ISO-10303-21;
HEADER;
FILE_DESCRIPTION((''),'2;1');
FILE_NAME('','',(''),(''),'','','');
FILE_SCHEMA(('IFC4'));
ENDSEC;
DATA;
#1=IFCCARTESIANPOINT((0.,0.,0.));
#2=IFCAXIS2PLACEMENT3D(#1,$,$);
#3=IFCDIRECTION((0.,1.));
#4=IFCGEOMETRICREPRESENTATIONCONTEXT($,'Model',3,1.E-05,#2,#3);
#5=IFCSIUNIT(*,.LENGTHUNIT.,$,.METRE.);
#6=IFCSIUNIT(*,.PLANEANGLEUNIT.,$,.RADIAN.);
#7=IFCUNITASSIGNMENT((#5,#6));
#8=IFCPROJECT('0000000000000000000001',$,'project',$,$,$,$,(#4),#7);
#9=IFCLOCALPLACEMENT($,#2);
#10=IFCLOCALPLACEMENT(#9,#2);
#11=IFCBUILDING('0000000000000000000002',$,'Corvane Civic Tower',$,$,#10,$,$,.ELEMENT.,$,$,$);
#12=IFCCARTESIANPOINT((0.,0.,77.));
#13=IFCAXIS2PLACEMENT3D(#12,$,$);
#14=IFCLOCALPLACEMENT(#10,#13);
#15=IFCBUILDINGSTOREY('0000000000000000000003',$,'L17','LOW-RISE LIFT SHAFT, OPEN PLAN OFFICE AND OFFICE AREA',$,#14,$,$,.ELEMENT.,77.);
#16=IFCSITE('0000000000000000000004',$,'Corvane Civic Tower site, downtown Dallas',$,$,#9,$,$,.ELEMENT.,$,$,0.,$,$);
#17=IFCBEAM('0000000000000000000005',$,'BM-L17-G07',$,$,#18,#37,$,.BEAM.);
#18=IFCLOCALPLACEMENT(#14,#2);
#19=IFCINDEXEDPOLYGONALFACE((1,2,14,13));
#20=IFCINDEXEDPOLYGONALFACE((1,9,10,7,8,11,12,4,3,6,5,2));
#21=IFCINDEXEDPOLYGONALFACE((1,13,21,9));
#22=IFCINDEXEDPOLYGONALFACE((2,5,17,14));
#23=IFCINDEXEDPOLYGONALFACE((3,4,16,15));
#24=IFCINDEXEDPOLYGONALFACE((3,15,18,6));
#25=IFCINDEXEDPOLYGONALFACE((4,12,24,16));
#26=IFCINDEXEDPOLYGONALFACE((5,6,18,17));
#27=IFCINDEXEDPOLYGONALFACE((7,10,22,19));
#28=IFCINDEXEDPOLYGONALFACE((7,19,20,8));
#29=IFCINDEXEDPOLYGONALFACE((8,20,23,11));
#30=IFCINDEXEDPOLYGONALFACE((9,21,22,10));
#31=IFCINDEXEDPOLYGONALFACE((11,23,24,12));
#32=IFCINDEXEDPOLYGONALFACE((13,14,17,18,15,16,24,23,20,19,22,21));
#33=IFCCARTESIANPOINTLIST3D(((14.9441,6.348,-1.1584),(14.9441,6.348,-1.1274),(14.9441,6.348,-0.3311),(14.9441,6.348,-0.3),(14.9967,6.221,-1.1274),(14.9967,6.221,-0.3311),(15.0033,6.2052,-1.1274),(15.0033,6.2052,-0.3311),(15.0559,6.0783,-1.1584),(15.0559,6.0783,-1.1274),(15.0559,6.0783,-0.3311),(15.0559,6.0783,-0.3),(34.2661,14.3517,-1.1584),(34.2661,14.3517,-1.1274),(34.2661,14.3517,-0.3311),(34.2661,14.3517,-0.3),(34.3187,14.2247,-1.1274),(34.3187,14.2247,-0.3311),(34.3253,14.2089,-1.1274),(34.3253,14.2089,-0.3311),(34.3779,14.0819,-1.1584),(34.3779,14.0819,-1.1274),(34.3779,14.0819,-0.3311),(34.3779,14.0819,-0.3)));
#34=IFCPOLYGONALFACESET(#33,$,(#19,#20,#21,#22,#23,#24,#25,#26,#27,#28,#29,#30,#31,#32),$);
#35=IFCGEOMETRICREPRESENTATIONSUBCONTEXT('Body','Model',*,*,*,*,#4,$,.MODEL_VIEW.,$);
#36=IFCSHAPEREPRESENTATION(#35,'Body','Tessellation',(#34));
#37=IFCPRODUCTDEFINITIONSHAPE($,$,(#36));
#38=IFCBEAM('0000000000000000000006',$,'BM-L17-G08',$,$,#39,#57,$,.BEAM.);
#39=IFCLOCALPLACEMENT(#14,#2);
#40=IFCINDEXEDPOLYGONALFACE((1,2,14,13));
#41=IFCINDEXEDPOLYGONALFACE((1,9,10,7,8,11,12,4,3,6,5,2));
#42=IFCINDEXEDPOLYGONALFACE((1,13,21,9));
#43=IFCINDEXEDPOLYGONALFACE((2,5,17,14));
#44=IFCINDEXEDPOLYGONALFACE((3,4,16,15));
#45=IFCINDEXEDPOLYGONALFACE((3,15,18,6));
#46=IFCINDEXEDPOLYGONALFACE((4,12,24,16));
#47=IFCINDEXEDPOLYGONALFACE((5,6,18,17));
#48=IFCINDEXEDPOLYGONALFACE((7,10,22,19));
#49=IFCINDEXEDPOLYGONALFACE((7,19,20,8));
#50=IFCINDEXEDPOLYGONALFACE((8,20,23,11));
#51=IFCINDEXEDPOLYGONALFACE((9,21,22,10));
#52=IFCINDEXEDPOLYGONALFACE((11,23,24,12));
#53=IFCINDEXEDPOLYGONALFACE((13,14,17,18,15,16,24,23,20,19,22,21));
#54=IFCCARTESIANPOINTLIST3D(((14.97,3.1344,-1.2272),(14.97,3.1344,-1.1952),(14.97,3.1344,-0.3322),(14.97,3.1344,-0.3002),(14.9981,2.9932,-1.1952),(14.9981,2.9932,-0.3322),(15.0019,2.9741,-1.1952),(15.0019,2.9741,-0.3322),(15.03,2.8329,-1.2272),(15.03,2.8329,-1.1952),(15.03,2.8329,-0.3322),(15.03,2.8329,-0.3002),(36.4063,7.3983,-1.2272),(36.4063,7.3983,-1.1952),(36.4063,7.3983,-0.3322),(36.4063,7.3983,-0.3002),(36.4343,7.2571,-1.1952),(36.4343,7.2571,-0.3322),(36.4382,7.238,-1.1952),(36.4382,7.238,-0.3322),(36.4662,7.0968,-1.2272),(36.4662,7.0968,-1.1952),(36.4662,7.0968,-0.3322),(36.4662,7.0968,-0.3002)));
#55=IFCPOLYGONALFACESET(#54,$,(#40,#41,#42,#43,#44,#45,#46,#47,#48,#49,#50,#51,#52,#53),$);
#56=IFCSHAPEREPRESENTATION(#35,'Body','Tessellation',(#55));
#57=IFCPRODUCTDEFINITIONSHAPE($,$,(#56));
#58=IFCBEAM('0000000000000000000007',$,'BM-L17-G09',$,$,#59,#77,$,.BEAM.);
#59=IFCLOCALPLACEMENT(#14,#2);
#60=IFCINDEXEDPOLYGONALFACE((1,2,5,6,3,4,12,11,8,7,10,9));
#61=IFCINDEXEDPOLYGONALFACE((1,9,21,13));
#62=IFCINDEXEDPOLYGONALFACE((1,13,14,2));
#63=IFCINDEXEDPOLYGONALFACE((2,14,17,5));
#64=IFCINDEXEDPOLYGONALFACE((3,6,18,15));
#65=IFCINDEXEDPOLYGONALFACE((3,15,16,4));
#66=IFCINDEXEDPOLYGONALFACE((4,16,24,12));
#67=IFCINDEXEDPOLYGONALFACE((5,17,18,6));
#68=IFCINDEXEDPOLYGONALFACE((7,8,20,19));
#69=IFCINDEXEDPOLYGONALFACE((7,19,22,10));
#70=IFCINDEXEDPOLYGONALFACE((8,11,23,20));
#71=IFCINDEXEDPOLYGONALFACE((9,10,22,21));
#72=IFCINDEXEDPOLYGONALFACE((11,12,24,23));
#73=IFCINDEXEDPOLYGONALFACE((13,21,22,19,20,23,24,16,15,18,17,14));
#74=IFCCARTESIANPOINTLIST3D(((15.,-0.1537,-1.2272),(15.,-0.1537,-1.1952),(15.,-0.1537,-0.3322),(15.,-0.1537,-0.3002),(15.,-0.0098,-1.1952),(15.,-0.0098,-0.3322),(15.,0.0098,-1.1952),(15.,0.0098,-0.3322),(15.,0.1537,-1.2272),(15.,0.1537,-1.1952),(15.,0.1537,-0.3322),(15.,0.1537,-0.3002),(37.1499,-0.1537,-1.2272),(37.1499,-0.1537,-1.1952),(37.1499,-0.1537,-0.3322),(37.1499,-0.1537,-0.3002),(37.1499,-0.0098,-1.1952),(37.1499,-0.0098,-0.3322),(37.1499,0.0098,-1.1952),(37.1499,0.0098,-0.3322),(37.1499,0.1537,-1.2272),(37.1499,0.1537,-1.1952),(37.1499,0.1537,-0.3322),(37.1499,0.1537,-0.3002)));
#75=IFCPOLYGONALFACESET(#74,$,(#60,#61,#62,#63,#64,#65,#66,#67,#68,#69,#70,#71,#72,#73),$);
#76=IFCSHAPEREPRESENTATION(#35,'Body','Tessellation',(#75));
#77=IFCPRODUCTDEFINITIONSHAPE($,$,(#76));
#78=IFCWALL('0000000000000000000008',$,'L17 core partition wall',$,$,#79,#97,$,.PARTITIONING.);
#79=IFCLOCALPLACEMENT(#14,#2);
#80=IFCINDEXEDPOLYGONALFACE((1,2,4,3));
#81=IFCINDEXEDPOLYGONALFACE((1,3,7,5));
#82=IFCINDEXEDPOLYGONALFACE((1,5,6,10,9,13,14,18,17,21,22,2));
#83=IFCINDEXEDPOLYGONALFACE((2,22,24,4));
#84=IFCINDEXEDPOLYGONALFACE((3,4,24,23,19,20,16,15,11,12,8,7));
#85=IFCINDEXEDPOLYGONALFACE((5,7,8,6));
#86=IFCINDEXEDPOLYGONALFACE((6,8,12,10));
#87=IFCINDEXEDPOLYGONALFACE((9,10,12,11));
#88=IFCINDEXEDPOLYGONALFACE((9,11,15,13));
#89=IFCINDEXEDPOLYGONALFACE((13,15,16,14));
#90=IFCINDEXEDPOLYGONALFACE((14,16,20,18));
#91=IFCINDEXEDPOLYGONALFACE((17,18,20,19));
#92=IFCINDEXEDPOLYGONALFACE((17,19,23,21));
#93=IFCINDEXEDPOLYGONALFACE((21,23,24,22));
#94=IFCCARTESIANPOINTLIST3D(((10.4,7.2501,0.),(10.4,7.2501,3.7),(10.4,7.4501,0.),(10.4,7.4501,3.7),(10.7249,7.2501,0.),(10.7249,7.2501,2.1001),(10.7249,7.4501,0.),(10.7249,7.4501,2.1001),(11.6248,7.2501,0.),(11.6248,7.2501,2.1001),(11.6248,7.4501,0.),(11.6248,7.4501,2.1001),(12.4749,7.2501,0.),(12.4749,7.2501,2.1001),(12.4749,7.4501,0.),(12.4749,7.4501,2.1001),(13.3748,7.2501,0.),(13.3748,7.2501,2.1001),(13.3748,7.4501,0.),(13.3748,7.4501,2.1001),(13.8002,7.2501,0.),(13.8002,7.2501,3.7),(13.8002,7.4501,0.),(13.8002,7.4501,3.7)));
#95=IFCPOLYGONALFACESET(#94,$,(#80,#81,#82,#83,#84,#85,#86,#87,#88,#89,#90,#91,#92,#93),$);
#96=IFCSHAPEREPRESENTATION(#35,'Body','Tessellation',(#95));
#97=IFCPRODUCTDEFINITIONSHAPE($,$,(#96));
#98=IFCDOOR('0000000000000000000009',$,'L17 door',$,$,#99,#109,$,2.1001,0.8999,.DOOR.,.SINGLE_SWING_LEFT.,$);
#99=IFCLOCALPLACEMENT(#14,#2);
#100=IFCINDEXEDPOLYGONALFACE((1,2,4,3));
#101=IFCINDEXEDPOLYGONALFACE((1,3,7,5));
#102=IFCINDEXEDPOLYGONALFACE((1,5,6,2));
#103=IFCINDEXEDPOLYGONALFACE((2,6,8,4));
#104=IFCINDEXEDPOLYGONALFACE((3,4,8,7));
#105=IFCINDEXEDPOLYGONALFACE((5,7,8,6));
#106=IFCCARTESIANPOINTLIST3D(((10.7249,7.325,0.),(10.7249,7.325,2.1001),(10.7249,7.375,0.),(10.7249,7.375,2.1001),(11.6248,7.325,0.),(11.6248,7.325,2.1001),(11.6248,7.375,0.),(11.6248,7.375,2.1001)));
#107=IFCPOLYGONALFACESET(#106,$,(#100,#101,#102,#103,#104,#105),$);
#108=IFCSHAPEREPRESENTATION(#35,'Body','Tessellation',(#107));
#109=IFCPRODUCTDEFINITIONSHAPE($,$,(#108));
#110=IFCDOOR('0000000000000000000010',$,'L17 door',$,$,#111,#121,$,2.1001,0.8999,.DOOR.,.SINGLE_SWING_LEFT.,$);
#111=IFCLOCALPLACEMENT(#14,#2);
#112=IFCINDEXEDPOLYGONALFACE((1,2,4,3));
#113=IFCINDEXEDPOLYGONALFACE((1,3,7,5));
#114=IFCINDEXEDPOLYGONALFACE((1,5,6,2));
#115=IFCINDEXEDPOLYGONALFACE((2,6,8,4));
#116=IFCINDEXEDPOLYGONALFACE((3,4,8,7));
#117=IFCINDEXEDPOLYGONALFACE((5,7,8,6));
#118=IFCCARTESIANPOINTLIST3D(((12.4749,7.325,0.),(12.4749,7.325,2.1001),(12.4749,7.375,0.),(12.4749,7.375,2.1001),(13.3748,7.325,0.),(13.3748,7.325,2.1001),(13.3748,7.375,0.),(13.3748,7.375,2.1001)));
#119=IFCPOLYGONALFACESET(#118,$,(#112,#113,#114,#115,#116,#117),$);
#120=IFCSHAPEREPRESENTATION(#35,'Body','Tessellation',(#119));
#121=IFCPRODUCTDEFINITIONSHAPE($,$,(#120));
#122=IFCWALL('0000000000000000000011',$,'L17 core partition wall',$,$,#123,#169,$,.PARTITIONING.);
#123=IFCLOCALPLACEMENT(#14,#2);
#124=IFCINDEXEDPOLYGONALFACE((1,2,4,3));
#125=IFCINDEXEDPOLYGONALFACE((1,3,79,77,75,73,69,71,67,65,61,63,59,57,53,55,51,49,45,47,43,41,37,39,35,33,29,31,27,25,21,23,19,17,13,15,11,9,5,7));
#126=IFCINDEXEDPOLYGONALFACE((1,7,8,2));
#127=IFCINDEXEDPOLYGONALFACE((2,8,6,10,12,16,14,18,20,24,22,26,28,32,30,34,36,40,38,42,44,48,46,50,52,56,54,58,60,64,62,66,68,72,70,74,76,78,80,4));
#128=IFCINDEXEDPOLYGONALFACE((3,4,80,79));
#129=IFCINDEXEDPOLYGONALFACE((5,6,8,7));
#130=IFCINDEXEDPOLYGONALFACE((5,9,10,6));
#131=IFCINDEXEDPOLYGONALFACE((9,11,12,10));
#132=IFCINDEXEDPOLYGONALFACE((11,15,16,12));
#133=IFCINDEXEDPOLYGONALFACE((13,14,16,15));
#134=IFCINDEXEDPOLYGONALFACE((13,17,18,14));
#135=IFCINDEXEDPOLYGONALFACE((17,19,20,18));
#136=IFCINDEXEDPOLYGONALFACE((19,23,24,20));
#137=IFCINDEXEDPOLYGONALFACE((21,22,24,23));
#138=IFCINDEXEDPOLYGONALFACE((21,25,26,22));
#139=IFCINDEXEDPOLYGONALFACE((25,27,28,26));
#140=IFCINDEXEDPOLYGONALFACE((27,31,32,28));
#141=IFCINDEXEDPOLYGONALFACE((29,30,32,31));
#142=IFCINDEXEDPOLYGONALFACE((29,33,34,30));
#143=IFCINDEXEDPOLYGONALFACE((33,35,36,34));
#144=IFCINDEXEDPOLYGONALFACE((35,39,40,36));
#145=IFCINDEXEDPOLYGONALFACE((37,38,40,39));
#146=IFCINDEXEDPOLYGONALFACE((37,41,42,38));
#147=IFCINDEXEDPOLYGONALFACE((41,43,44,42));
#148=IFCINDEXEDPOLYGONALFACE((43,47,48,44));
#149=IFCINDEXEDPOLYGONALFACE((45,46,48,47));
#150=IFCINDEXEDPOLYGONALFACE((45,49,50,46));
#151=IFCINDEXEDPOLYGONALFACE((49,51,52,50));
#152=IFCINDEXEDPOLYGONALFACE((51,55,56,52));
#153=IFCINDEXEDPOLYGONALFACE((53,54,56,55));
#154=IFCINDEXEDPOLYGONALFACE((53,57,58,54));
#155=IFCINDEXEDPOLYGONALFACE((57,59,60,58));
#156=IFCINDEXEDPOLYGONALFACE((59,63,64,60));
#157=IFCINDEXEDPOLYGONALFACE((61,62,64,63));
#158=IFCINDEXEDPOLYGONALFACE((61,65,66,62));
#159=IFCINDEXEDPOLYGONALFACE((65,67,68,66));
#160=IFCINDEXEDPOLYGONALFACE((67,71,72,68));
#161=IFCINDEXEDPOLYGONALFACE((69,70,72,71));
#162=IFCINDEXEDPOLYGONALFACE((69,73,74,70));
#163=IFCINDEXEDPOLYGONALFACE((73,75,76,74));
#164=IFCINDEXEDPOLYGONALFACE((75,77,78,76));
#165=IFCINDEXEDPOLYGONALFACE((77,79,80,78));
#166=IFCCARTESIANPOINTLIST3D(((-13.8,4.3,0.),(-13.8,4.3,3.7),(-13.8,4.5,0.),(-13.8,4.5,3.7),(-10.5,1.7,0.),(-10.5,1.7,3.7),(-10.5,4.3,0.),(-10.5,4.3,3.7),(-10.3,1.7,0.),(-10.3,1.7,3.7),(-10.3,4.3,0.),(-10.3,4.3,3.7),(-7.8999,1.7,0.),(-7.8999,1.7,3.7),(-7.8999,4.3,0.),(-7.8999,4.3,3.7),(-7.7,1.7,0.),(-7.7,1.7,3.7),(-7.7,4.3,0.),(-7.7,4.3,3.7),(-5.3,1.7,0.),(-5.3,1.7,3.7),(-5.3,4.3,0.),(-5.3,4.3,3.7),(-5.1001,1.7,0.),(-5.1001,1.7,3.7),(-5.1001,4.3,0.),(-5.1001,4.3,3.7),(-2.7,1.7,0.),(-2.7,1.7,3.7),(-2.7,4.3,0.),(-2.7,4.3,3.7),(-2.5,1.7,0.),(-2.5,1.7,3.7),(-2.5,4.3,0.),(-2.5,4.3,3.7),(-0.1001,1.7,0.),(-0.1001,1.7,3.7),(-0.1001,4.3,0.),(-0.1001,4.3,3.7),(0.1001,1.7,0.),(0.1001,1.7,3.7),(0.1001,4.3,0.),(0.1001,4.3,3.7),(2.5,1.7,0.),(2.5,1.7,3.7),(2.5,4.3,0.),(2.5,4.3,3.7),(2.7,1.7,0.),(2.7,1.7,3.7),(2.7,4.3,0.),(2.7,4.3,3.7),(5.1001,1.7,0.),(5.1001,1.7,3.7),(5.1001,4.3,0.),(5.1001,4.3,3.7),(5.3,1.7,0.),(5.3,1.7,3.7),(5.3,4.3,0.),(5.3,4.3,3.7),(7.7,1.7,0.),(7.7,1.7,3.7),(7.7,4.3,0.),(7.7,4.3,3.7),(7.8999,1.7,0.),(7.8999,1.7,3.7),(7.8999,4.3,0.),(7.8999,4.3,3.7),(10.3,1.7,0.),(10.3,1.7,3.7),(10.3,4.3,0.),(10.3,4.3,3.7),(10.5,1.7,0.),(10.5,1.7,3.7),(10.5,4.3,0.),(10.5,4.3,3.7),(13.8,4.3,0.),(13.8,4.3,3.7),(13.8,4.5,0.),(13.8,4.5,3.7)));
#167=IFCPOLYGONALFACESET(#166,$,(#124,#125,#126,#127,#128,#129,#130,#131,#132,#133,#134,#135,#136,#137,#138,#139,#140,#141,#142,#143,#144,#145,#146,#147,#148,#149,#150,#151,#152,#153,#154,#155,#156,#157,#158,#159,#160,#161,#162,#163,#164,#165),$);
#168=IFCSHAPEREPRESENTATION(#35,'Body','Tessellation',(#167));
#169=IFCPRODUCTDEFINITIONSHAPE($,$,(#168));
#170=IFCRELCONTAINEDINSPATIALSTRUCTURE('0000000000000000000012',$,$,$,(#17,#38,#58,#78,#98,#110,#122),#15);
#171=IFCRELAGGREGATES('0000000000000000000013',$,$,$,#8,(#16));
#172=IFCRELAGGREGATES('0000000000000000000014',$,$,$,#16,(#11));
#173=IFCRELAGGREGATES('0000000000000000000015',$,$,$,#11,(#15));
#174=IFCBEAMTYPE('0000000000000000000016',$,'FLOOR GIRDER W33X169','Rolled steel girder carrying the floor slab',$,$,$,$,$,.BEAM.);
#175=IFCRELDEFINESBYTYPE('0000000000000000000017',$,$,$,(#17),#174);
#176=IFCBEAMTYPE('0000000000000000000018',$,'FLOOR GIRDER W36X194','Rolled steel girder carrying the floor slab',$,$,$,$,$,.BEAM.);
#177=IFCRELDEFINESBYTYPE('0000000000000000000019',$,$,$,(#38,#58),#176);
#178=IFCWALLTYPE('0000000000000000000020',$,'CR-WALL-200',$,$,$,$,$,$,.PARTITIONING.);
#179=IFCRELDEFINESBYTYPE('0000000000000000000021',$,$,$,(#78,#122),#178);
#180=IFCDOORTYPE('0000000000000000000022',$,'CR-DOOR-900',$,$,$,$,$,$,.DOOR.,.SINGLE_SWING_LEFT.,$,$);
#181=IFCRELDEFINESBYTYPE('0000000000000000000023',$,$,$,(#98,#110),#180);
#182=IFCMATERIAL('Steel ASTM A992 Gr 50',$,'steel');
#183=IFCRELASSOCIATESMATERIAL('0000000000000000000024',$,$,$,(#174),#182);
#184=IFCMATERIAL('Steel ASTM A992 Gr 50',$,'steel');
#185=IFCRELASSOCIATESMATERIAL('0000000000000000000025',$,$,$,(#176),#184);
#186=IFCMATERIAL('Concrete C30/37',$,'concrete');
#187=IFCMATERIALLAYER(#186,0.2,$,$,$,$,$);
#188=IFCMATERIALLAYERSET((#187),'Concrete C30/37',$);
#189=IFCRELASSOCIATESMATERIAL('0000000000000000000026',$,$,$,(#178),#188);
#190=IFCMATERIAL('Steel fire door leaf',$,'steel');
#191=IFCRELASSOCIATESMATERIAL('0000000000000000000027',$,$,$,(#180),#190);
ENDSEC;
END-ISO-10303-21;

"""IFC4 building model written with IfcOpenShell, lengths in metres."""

from ifc_helpers import new_model, si_unit, direction, frame, frame_2d, origin, origin_2d, place, context, subcontext, project, spatial, polyline, rectangle, i_section, outline, extrude, material, layer, layer_set, material_profile, profile_set, type_object, element, fill, save


model = new_model("IFC4")

# Units and contexts
model_context = context("Model", 3, precision=1e-05, world=origin(), true_north=direction((0.0, 1.0)))
body_context = subcontext(model_context, "Body", "Model", "MODEL_VIEW")
ifc_project = project(units=[si_unit("LENGTHUNIT", "METRE"), si_unit("PLANEANGLEUNIT", "RADIAN")], contexts=[model_context])

# Site, building, storey
site_placement = place(None, origin())
site = spatial("IfcSite", under=ifc_project, at=site_placement, Name="Corvane Civic Tower site, downtown Dallas", CompositionType="ELEMENT", RefElevation=0.0)
building_placement = place(site_placement, origin())
building = spatial("IfcBuilding", under=site, at=building_placement, Name="Corvane Civic Tower", CompositionType="ELEMENT")
storey_placement = place(building_placement, frame((0.0, 0.0, 77.0)))
storey = spatial("IfcBuildingStorey", under=building, at=storey_placement, Name="L17", Description="LOW-RISE LIFT SHAFT, OPEN PLAN OFFICE AND OFFICE AREA", CompositionType="ELEMENT", Elevation=77.0)

# Beams
ifc_material_1 = material(Name="Steel ASTM A992 Gr 50", Category="steel")
ifc_material_profile_1 = material_profile(ifc_material_1, i_section(OverallWidth=0.292, OverallDepth=0.8584, WebThickness=0.0171, FlangeThickness=0.031, at=origin_2d()), Name="W33X169")
ifc_profile_set_1 = profile_set([ifc_material_profile_1], Name="Steel ASTM A992 Gr 50")
beam_type_1 = type_object("IfcBeamType", Name="FLOOR GIRDER W33X169", Description="Rolled steel girder carrying the floor slab", PredefinedType="BEAM", material=ifc_profile_set_1)
beam_1_placement = place(storey_placement, frame((15.0, 6.2131, -0.7292), z_axis=(0.923876, 0.382692, 0.0), x_axis=(-0.382692, 0.923876, 0.0)))
element("IfcBeam", 1, at=beam_1_placement, inside=storey, type_object=beam_type_1, Name="BM-L17-G07", PredefinedType="BEAM", context=body_context, shape_type="SweptSolid", body=[
    extrude(i_section(OverallWidth=0.292, OverallDepth=0.8584, WebThickness=0.0171, FlangeThickness=0.031, at=origin_2d()), origin(), (0.0, 0.0, 1.0), 20.9141),
])
ifc_material_2 = material(Name="Steel ASTM A992 Gr 50", Category="steel")
ifc_material_profile_2 = material_profile(ifc_material_2, i_section(OverallWidth=0.3074, OverallDepth=0.927, WebThickness=0.0195, FlangeThickness=0.032, at=origin_2d()), Name="W36X194")
ifc_profile_set_2 = profile_set([ifc_material_profile_2], Name="Steel ASTM A992 Gr 50")
beam_type_2 = type_object("IfcBeamType", Name="FLOOR GIRDER W36X194", Description="Rolled steel girder carrying the floor slab", PredefinedType="BEAM", material=ifc_profile_set_2)
beam_2_placement = place(storey_placement, frame((15.0, 2.9836, -0.7637), z_axis=(0.980785, 0.195089, 0.0), x_axis=(-0.195089, 0.980785, 0.0)))
element("IfcBeam", 2, at=beam_2_placement, inside=storey, type_object=beam_type_2, Name="BM-L17-G08", PredefinedType="BEAM", context=body_context, shape_type="SweptSolid", body=[
    extrude(i_section(OverallWidth=0.3074, OverallDepth=0.927, WebThickness=0.0195, FlangeThickness=0.032, at=origin_2d()), origin(), (0.0, 0.0, 1.0), 21.8562),
])
beam_3_placement = place(storey_placement, frame((15.0, 0.0, -0.7637), z_axis=(1.0, 0.0, 0.0), x_axis=(0.0, 1.0, 0.0)))
element("IfcBeam", 3, at=beam_3_placement, inside=storey, type_object=beam_type_2, Name="BM-L17-G09", PredefinedType="BEAM", context=body_context, shape_type="SweptSolid", body=[
    extrude(i_section(OverallWidth=0.3074, OverallDepth=0.927, WebThickness=0.0195, FlangeThickness=0.032, at=origin_2d()), origin(), (0.0, 0.0, 1.0), 22.1499),
])

# Wall, openings, doors
ifc_material_3 = material(Name="Concrete C30/37", Category="concrete")
ifc_layer_1 = layer(ifc_material_3, 0.2)
ifc_layer_set_1 = layer_set([ifc_layer_1], Name="Concrete C30/37")
wall_type_1 = type_object("IfcWallType", Name="CR-WALL-200", PredefinedType="PARTITIONING", material=ifc_layer_set_1)
wall_1_placement = place(storey_placement, frame((10.3999, 7.3501, 0.0), z_axis=(0.0, 0.0, 1.0), x_axis=(1.0, 0.0, 0.0)))
wall_1 = element("IfcWall", 4, at=wall_1_placement, inside=storey, type_object=wall_type_1, Name="L17 core partition wall", PredefinedType="PARTITIONING", context=body_context, shape_type="SweptSolid", body=[
    extrude(rectangle(XDim=3.4001, YDim=0.2, at=frame_2d((1.7002, 0.0))), origin(), (0.0, 0.0, 1.0), 3.7),
])
opening_1_placement = place(wall_1_placement, frame((0.325, 0.0, 0.0)))
opening_1 = element("IfcOpeningElement", 5, at=opening_1_placement, cuts=wall_1, PredefinedType="OPENING", context=body_context, shape_type="SweptSolid", body=[
    extrude(rectangle(XDim=0.8999, YDim=2.1001, at=frame_2d((0.45, 1.05))), frame((0.0, 0.1099, 0.0), z_axis=(0.0, -1.0, 0.0), x_axis=(1.0, 0.0, 0.0)), (0.0, 0.0, 1.0), 0.22),
])
opening_2_placement = place(wall_1_placement, frame((2.075, 0.0, 0.0)))
opening_2 = element("IfcOpeningElement", 6, at=opening_2_placement, cuts=wall_1, PredefinedType="OPENING", context=body_context, shape_type="SweptSolid", body=[
    extrude(rectangle(XDim=0.8999, YDim=2.1001, at=frame_2d((0.45, 1.05))), frame((0.0, 0.1099, 0.0), z_axis=(0.0, -1.0, 0.0), x_axis=(1.0, 0.0, 0.0)), (0.0, 0.0, 1.0), 0.22),
])
ifc_material_4 = material(Name="Steel fire door leaf", Category="steel")
door_type_1 = type_object("IfcDoorType", Name="CR-DOOR-900", OperationType="SINGLE_SWING_LEFT", PredefinedType="DOOR", material=ifc_material_4)
door_1_placement = place(opening_1_placement, origin())
door_1 = element("IfcDoor", 7, at=door_1_placement, inside=storey, type_object=door_type_1, Name="L17 door", OperationType="SINGLE_SWING_LEFT", OverallHeight=2.1001, OverallWidth=0.8999, PredefinedType="DOOR", context=body_context, shape_type="SweptSolid", body=[
    extrude(rectangle(XDim=0.8999, YDim=2.1001, at=frame_2d((0.45, 1.05))), frame((0.0, 0.0249, 0.0), z_axis=(0.0, -1.0, 0.0), x_axis=(1.0, 0.0, 0.0)), (0.0, 0.0, 1.0), 0.05),
])
fill(opening_1, door_1)
door_2_placement = place(opening_2_placement, origin())
door_2 = element("IfcDoor", 8, at=door_2_placement, inside=storey, type_object=door_type_1, Name="L17 door", OperationType="SINGLE_SWING_LEFT", OverallHeight=2.1001, OverallWidth=0.8999, PredefinedType="DOOR", context=body_context, shape_type="SweptSolid", body=[
    extrude(rectangle(XDim=0.8999, YDim=2.1001, at=frame_2d((0.45, 1.05))), frame((0.0, 0.0249, 0.0), z_axis=(0.0, -1.0, 0.0), x_axis=(1.0, 0.0, 0.0)), (0.0, 0.0, 1.0), 0.05),
])
fill(opening_2, door_2)

# Wall
wall_2_placement = place(storey_placement, origin())
element("IfcWall", 9, at=wall_2_placement, inside=storey, type_object=wall_type_1, Name="L17 core partition wall", PredefinedType="PARTITIONING", context=body_context, shape_type="SweptSolid", body=[
    extrude(outline(polyline([(-10.3, 1.7), (-10.5, 1.7), (-10.5, 4.3), (-13.8, 4.3), (-13.8, 4.5), (13.8, 4.5), (13.8, 4.3), (10.5, 4.3), (10.5, 1.7), (10.3, 1.7), (10.3, 4.3), (7.8999, 4.3), (7.8999, 1.7), (7.7, 1.7), (7.7, 4.3), (5.3, 4.3), (5.3, 1.7), (5.1001, 1.7), (5.1001, 4.3), (2.7, 4.3), (2.7, 1.7), (2.5, 1.7), (2.5, 4.3), (0.1001, 4.3), (0.1001, 1.7), (-0.1001, 1.7), (-0.1001, 4.3), (-2.5, 4.3), (-2.5, 1.7), (-2.7, 1.7), (-2.7, 4.3), (-5.1001, 4.3), (-5.1001, 1.7), (-5.3, 1.7), (-5.3, 4.3), (-7.7, 4.3), (-7.7, 1.7), (-7.8999, 1.7), (-7.8999, 4.3), (-10.3, 4.3), (-10.3, 1.7)])), origin(), (0.0, 0.0, 1.0), 3.7),
])

save(model, "model.ifc")
